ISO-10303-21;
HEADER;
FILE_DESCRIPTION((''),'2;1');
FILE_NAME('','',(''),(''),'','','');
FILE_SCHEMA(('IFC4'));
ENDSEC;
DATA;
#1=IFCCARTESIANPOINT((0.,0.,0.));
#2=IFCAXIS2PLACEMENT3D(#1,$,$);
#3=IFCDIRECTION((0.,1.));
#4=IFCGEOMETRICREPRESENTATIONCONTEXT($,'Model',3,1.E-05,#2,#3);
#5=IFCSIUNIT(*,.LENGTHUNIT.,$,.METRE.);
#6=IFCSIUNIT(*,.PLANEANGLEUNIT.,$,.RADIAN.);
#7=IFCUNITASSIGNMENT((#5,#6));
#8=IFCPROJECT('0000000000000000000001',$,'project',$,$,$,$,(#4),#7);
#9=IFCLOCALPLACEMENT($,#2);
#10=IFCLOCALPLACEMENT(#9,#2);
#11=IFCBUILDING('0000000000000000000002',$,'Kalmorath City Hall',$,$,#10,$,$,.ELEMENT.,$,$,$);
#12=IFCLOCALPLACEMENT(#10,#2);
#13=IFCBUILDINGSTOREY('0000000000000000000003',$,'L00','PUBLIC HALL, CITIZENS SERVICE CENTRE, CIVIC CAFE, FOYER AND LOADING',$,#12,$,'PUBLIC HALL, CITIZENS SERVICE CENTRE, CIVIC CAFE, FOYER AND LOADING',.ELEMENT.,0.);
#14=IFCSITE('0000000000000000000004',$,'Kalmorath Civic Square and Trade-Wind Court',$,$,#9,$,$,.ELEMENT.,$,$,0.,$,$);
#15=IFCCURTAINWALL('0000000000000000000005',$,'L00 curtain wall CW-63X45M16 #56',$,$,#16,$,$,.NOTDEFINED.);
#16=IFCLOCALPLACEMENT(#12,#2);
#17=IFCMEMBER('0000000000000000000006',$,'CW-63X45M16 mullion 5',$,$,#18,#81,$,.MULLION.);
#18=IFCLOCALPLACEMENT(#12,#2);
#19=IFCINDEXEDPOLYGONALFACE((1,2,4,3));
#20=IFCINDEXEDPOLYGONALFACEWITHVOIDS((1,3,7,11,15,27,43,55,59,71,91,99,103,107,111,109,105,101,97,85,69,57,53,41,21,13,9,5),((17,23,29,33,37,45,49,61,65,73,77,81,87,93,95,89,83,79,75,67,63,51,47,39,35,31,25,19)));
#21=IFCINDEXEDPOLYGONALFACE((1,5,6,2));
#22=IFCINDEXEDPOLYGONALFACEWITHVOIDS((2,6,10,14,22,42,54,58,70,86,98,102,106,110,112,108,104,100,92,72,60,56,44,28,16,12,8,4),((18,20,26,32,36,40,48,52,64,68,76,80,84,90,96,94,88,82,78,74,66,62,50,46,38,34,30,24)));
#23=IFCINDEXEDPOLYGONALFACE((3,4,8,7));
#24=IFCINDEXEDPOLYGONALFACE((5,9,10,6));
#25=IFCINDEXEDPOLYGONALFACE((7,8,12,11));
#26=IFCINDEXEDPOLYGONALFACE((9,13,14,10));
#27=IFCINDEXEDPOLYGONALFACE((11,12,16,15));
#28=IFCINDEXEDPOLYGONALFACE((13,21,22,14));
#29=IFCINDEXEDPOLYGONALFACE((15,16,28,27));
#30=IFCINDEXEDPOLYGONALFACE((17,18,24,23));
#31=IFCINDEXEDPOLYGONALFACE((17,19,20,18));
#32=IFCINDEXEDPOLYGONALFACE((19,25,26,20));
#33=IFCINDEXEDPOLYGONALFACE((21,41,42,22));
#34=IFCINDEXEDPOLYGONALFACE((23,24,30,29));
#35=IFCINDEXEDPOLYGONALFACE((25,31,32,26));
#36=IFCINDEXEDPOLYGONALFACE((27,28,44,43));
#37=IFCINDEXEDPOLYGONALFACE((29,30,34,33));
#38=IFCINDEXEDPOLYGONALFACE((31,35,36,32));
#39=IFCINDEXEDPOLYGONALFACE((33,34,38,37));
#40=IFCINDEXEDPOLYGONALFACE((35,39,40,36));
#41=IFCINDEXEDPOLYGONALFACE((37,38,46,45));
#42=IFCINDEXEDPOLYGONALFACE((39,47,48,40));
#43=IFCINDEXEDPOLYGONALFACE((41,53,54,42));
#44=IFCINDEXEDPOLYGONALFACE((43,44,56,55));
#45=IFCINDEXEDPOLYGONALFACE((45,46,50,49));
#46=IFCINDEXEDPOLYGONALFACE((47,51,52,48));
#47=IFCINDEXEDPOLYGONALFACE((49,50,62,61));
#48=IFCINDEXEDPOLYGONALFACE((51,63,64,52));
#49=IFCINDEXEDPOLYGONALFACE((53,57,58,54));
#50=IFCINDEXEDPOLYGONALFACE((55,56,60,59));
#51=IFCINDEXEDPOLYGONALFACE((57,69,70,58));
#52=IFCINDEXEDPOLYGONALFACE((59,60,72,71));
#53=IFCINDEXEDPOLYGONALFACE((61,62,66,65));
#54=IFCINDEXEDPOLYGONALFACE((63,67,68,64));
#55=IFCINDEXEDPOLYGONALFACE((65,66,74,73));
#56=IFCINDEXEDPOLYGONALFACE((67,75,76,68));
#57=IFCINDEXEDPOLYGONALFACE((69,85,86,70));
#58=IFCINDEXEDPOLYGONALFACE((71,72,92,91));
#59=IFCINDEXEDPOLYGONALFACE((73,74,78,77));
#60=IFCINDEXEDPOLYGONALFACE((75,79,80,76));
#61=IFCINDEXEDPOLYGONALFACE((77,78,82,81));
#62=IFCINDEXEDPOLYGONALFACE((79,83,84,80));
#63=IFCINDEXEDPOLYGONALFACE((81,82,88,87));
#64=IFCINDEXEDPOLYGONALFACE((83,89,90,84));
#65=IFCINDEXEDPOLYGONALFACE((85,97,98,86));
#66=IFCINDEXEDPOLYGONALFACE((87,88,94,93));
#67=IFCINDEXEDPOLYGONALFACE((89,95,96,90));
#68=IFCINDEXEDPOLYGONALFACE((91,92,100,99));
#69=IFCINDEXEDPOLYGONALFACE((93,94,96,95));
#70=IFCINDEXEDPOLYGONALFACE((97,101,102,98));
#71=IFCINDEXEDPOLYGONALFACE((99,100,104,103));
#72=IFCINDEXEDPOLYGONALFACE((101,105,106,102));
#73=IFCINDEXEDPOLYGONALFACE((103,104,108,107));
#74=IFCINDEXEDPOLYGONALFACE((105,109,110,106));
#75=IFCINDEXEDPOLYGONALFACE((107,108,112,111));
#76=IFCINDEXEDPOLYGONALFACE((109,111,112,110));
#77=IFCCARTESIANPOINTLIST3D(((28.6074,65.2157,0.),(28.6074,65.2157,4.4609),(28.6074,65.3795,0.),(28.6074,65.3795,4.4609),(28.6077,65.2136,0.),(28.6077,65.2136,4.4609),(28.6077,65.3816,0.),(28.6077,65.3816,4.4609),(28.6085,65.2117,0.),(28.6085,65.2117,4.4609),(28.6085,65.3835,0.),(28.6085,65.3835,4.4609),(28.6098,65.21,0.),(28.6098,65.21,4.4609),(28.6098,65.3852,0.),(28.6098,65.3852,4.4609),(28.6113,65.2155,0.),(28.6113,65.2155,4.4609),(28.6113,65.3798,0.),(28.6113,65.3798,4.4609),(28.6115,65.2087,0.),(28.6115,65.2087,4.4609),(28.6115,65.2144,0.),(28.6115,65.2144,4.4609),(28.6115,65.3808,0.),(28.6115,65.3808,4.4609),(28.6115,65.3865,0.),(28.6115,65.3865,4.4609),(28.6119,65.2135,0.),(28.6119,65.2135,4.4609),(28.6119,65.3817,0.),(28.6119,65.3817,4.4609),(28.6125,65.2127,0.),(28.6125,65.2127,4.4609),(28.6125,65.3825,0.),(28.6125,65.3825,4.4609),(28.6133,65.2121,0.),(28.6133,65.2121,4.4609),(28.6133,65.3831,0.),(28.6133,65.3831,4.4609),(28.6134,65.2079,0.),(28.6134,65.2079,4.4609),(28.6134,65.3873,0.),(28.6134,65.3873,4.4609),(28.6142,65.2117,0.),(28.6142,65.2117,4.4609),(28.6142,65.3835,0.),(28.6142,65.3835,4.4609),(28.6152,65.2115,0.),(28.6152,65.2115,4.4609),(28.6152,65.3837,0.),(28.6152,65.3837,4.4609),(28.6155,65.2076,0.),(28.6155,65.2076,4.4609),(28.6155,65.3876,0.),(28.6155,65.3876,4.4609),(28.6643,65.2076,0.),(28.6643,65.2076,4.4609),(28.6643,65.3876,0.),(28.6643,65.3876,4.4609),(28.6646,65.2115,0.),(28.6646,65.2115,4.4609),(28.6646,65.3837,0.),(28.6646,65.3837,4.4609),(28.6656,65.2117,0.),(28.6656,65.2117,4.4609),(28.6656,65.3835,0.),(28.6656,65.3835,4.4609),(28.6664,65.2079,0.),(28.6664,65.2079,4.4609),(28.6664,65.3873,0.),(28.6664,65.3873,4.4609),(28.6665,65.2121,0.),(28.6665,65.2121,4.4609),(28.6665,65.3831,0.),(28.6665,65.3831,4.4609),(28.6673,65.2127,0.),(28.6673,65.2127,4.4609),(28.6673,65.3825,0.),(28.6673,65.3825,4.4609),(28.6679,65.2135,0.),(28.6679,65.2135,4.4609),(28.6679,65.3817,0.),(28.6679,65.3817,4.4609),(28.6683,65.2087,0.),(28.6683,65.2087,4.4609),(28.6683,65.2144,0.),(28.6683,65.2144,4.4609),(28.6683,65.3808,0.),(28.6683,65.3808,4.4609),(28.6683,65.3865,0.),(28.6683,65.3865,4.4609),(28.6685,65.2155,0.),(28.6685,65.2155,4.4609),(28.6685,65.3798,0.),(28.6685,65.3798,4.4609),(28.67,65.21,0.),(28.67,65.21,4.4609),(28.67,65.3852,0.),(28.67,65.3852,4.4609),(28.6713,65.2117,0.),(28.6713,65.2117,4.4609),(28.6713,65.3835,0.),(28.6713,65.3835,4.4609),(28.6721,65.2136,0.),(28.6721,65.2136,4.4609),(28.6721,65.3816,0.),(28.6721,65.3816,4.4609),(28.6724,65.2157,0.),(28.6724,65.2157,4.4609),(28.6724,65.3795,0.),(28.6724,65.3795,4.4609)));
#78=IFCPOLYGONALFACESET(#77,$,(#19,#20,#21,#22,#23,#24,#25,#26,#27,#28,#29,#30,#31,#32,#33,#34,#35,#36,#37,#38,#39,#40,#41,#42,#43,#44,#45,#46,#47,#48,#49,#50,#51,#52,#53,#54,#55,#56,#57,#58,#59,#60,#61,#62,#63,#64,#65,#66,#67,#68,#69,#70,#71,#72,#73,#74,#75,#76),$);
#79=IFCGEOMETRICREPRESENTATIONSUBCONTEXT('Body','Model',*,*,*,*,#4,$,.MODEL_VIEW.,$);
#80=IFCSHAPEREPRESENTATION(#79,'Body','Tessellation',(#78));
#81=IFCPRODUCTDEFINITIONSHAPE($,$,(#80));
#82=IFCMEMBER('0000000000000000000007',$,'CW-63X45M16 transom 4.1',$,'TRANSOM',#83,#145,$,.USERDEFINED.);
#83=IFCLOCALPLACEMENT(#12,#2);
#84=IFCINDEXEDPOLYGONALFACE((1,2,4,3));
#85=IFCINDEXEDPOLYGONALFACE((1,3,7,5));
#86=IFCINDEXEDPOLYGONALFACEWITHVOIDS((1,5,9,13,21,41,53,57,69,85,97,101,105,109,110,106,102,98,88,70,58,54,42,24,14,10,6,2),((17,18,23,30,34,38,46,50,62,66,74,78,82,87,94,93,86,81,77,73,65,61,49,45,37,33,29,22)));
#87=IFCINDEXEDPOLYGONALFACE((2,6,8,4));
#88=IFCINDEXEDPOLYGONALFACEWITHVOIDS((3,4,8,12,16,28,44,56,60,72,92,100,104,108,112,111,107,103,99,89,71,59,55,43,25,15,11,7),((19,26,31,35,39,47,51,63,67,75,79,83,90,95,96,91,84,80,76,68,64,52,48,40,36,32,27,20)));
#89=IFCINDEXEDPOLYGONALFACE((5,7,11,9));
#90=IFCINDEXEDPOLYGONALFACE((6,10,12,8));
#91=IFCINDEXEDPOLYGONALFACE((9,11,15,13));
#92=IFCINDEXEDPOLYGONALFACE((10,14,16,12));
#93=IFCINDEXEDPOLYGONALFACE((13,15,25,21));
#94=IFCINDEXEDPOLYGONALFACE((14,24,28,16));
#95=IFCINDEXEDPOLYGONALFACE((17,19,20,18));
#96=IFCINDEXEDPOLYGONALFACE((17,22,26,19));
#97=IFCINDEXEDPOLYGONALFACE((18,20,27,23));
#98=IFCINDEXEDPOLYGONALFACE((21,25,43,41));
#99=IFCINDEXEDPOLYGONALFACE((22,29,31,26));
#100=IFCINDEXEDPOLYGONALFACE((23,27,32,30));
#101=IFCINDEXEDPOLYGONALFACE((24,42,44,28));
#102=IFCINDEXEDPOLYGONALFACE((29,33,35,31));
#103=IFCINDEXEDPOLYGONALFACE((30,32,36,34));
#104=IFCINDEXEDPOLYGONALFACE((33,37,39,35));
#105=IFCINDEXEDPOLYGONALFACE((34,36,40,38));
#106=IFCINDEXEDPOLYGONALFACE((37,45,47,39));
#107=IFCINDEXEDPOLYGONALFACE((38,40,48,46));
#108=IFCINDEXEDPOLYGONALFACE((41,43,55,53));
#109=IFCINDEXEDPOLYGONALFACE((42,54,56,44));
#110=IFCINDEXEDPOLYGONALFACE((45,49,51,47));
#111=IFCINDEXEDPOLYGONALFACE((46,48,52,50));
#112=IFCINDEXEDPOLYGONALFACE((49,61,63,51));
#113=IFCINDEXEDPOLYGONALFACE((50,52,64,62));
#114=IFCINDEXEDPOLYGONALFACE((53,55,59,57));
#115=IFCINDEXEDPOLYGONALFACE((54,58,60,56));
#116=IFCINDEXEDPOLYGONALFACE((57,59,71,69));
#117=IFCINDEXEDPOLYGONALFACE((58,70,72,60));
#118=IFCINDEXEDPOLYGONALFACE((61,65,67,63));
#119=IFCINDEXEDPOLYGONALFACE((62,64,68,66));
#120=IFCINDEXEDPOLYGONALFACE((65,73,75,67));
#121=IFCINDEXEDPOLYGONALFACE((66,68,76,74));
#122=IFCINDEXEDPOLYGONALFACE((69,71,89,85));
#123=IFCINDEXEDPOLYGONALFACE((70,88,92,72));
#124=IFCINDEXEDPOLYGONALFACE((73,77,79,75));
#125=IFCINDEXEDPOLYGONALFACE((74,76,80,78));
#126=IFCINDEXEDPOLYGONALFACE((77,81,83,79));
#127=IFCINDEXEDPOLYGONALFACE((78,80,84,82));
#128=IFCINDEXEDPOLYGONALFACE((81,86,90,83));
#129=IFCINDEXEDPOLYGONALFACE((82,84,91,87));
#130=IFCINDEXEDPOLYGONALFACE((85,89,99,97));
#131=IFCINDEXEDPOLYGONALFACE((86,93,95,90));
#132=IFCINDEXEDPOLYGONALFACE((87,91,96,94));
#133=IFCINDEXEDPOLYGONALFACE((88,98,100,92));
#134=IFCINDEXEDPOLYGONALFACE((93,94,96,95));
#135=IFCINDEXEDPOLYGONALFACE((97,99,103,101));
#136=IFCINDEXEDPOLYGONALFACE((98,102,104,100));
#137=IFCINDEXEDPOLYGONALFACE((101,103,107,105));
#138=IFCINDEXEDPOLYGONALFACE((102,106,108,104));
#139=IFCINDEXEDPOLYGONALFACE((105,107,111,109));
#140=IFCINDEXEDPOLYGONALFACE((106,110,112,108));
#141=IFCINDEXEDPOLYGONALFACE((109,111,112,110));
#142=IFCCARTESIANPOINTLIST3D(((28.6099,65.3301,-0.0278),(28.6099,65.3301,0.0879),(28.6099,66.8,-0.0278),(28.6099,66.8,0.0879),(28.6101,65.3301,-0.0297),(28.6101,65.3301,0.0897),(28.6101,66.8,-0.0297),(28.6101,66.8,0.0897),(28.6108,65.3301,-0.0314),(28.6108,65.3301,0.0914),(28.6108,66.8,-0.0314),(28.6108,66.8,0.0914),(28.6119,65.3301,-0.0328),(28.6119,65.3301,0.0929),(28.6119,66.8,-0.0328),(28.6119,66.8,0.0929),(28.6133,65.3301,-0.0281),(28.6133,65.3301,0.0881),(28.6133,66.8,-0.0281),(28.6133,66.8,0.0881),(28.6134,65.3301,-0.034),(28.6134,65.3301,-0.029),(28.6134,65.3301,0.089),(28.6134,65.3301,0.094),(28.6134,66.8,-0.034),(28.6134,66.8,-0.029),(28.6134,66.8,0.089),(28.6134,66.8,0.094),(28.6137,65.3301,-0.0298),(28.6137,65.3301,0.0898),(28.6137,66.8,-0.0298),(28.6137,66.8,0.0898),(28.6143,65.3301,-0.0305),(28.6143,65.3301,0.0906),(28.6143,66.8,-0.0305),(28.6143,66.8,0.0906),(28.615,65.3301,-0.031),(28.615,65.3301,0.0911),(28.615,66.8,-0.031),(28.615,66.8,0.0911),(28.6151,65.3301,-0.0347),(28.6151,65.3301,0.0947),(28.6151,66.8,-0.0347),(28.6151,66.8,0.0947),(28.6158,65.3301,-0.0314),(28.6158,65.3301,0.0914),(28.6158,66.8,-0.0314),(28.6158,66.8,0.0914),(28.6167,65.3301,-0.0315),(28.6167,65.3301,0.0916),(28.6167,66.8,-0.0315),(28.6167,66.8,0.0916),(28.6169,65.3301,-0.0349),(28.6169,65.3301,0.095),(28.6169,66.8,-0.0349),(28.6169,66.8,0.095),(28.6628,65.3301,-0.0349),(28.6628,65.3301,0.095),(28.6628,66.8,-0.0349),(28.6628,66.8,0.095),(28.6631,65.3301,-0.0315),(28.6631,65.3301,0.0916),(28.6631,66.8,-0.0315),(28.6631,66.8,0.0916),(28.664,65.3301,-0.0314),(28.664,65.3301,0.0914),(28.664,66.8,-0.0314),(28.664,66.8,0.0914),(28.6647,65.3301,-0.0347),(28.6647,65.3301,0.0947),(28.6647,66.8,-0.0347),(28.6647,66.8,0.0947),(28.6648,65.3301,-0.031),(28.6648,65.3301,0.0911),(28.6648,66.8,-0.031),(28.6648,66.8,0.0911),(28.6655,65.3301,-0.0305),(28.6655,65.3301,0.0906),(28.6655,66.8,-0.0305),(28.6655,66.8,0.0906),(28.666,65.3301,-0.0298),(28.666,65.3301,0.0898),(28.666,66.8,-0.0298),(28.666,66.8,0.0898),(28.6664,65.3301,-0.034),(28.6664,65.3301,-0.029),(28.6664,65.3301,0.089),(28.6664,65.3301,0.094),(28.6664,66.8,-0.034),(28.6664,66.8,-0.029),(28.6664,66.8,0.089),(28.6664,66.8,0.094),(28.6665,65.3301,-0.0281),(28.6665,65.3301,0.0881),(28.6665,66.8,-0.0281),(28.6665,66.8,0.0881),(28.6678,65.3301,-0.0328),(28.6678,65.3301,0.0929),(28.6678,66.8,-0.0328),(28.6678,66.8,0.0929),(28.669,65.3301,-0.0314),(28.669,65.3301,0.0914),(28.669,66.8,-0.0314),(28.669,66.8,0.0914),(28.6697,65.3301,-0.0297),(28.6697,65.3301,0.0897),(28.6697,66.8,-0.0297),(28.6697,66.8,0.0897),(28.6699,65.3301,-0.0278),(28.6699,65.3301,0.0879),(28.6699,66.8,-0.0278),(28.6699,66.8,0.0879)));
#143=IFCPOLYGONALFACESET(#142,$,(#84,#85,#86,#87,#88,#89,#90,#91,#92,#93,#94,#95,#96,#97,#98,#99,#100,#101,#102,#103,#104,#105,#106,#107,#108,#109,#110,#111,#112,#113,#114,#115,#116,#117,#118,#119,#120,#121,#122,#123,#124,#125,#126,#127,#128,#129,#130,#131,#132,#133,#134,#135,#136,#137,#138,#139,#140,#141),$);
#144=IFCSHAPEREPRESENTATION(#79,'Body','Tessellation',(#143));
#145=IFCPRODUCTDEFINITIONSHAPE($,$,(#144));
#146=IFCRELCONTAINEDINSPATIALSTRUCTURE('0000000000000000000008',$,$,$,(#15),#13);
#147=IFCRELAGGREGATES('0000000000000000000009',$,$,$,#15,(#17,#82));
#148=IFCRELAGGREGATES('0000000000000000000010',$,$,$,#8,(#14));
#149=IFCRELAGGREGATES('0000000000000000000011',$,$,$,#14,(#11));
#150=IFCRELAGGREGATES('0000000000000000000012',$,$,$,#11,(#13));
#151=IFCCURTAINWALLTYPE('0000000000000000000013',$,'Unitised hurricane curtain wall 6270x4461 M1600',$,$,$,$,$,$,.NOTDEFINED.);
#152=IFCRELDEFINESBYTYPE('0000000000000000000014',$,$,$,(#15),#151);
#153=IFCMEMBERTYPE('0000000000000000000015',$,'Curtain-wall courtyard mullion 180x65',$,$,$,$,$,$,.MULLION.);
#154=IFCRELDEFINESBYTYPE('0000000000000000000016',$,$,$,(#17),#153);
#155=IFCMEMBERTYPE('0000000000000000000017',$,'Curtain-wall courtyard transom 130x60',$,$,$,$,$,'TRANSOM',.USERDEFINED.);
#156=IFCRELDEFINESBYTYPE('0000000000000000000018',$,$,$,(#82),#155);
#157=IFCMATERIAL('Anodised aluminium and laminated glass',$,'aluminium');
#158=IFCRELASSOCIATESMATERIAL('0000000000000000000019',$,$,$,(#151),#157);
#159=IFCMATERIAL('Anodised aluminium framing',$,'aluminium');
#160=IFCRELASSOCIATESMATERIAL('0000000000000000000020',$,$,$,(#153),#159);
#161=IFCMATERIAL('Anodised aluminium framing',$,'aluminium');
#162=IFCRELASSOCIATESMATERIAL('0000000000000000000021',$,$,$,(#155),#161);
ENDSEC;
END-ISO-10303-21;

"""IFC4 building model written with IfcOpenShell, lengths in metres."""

from ifc_helpers import new_model, si_unit, direction, frame, origin, origin_2d, place, context, subcontext, project, spatial, hollow_rectangle, extrude, material, material_profile, profile_set, type_object, element, aggregate, save


model = new_model("IFC4")

# Units and contexts
model_context = context("Model", 3, precision=1e-05, world=origin(), true_north=direction((0.0, 1.0)))
body_context = subcontext(model_context, "Body", "Model", "MODEL_VIEW")
ifc_project = project(units=[si_unit("LENGTHUNIT", "METRE"), si_unit("PLANEANGLEUNIT", "RADIAN")], contexts=[model_context])

# Site, building, storey
site_placement = place(None, origin())
site = spatial("IfcSite", under=ifc_project, at=site_placement, Name="Kalmorath Civic Square and Trade-Wind Court", CompositionType="ELEMENT", RefElevation=0.0)
building_placement = place(site_placement, origin())
building = spatial("IfcBuilding", under=site, at=building_placement, Name="Kalmorath City Hall", CompositionType="ELEMENT")
storey_placement = place(building_placement, origin())
storey = spatial("IfcBuildingStorey", under=building, at=storey_placement, Name="L00", Description="PUBLIC HALL, CITIZENS SERVICE CENTRE, CIVIC CAFE, FOYER AND LOADING", LongName="PUBLIC HALL, CITIZENS SERVICE CENTRE, CIVIC CAFE, FOYER AND LOADING", CompositionType="ELEMENT", Elevation=0.0)

# Curtain wall, members
ifc_material_1 = material(Name="Anodised aluminium and laminated glass", Category="aluminium")
curtain_wall_type = type_object("IfcCurtainWallType", Name="Unitised hurricane curtain wall 6270x4461 M1600", PredefinedType="NOTDEFINED", material=ifc_material_1)
curtain_wall_placement = place(storey_placement, origin())
curtain_wall = element("IfcCurtainWall", 1, at=curtain_wall_placement, inside=storey, type_object=curtain_wall_type, Name="L00 curtain wall CW-63X45M16 #56", PredefinedType="NOTDEFINED")
ifc_material_2 = material(Name="Anodised aluminium framing", Category="aluminium")
ifc_material_profile_1 = material_profile(ifc_material_2, hollow_rectangle(XDim=0.0649, YDim=0.1799, WallThickness=0.0039, InnerFilletRadius=0.0039, OuterFilletRadius=0.0081, at=origin_2d()), Name="ALU-MUL-180X65X4")
ifc_profile_set_1 = profile_set([ifc_material_profile_1], Name="Anodised aluminium framing")
member_type_1 = type_object("IfcMemberType", Name="Curtain-wall courtyard mullion 180x65", PredefinedType="MULLION", material=ifc_profile_set_1)
member_1_placement = place(storey_placement, frame((28.6399, 65.2976, 0.0), z_axis=(0.0, 0.0, 1.0), x_axis=(1.0, 0.0, 0.0)))
member_1 = element("IfcMember", 2, at=member_1_placement, type_object=member_type_1, Name="CW-63X45M16 mullion 5", PredefinedType="MULLION", context=body_context, shape_type="SweptSolid", body=[
    extrude(hollow_rectangle(XDim=0.0649, YDim=0.1799, WallThickness=0.0039, InnerFilletRadius=0.0039, OuterFilletRadius=0.0081, at=origin_2d()), origin(), (0.0, 0.0, 1.0), 4.4609),
])
ifc_material_3 = material(Name="Anodised aluminium framing", Category="aluminium")
ifc_material_profile_2 = material_profile(ifc_material_3, hollow_rectangle(XDim=0.0601, YDim=0.1299, WallThickness=0.0034, InnerFilletRadius=0.0034, OuterFilletRadius=0.0071, at=origin_2d()), Name="ALU-TRN-130X60X3.5")
ifc_profile_set_2 = profile_set([ifc_material_profile_2], Name="Anodised aluminium framing")
member_type_2 = type_object("IfcMemberType", Name="Curtain-wall courtyard transom 130x60", ElementType="TRANSOM", PredefinedType="USERDEFINED", material=ifc_profile_set_2)
member_2_placement = place(storey_placement, frame((28.6399, 66.8, 0.03), z_axis=(0.0, -1.0, 0.0), x_axis=(1.0, 0.0, 0.0)))
member_2 = element("IfcMember", 3, at=member_2_placement, type_object=member_type_2, Name="CW-63X45M16 transom 4.1", ObjectType="TRANSOM", PredefinedType="USERDEFINED", context=body_context, shape_type="SweptSolid", body=[
    extrude(hollow_rectangle(XDim=0.0601, YDim=0.1299, WallThickness=0.0034, InnerFilletRadius=0.0034, OuterFilletRadius=0.0071, at=origin_2d()), origin(), (0.0, 0.0, 1.0), 1.47),
])

aggregate(curtain_wall, [member_1, member_2])

save(model, "model.ifc")
